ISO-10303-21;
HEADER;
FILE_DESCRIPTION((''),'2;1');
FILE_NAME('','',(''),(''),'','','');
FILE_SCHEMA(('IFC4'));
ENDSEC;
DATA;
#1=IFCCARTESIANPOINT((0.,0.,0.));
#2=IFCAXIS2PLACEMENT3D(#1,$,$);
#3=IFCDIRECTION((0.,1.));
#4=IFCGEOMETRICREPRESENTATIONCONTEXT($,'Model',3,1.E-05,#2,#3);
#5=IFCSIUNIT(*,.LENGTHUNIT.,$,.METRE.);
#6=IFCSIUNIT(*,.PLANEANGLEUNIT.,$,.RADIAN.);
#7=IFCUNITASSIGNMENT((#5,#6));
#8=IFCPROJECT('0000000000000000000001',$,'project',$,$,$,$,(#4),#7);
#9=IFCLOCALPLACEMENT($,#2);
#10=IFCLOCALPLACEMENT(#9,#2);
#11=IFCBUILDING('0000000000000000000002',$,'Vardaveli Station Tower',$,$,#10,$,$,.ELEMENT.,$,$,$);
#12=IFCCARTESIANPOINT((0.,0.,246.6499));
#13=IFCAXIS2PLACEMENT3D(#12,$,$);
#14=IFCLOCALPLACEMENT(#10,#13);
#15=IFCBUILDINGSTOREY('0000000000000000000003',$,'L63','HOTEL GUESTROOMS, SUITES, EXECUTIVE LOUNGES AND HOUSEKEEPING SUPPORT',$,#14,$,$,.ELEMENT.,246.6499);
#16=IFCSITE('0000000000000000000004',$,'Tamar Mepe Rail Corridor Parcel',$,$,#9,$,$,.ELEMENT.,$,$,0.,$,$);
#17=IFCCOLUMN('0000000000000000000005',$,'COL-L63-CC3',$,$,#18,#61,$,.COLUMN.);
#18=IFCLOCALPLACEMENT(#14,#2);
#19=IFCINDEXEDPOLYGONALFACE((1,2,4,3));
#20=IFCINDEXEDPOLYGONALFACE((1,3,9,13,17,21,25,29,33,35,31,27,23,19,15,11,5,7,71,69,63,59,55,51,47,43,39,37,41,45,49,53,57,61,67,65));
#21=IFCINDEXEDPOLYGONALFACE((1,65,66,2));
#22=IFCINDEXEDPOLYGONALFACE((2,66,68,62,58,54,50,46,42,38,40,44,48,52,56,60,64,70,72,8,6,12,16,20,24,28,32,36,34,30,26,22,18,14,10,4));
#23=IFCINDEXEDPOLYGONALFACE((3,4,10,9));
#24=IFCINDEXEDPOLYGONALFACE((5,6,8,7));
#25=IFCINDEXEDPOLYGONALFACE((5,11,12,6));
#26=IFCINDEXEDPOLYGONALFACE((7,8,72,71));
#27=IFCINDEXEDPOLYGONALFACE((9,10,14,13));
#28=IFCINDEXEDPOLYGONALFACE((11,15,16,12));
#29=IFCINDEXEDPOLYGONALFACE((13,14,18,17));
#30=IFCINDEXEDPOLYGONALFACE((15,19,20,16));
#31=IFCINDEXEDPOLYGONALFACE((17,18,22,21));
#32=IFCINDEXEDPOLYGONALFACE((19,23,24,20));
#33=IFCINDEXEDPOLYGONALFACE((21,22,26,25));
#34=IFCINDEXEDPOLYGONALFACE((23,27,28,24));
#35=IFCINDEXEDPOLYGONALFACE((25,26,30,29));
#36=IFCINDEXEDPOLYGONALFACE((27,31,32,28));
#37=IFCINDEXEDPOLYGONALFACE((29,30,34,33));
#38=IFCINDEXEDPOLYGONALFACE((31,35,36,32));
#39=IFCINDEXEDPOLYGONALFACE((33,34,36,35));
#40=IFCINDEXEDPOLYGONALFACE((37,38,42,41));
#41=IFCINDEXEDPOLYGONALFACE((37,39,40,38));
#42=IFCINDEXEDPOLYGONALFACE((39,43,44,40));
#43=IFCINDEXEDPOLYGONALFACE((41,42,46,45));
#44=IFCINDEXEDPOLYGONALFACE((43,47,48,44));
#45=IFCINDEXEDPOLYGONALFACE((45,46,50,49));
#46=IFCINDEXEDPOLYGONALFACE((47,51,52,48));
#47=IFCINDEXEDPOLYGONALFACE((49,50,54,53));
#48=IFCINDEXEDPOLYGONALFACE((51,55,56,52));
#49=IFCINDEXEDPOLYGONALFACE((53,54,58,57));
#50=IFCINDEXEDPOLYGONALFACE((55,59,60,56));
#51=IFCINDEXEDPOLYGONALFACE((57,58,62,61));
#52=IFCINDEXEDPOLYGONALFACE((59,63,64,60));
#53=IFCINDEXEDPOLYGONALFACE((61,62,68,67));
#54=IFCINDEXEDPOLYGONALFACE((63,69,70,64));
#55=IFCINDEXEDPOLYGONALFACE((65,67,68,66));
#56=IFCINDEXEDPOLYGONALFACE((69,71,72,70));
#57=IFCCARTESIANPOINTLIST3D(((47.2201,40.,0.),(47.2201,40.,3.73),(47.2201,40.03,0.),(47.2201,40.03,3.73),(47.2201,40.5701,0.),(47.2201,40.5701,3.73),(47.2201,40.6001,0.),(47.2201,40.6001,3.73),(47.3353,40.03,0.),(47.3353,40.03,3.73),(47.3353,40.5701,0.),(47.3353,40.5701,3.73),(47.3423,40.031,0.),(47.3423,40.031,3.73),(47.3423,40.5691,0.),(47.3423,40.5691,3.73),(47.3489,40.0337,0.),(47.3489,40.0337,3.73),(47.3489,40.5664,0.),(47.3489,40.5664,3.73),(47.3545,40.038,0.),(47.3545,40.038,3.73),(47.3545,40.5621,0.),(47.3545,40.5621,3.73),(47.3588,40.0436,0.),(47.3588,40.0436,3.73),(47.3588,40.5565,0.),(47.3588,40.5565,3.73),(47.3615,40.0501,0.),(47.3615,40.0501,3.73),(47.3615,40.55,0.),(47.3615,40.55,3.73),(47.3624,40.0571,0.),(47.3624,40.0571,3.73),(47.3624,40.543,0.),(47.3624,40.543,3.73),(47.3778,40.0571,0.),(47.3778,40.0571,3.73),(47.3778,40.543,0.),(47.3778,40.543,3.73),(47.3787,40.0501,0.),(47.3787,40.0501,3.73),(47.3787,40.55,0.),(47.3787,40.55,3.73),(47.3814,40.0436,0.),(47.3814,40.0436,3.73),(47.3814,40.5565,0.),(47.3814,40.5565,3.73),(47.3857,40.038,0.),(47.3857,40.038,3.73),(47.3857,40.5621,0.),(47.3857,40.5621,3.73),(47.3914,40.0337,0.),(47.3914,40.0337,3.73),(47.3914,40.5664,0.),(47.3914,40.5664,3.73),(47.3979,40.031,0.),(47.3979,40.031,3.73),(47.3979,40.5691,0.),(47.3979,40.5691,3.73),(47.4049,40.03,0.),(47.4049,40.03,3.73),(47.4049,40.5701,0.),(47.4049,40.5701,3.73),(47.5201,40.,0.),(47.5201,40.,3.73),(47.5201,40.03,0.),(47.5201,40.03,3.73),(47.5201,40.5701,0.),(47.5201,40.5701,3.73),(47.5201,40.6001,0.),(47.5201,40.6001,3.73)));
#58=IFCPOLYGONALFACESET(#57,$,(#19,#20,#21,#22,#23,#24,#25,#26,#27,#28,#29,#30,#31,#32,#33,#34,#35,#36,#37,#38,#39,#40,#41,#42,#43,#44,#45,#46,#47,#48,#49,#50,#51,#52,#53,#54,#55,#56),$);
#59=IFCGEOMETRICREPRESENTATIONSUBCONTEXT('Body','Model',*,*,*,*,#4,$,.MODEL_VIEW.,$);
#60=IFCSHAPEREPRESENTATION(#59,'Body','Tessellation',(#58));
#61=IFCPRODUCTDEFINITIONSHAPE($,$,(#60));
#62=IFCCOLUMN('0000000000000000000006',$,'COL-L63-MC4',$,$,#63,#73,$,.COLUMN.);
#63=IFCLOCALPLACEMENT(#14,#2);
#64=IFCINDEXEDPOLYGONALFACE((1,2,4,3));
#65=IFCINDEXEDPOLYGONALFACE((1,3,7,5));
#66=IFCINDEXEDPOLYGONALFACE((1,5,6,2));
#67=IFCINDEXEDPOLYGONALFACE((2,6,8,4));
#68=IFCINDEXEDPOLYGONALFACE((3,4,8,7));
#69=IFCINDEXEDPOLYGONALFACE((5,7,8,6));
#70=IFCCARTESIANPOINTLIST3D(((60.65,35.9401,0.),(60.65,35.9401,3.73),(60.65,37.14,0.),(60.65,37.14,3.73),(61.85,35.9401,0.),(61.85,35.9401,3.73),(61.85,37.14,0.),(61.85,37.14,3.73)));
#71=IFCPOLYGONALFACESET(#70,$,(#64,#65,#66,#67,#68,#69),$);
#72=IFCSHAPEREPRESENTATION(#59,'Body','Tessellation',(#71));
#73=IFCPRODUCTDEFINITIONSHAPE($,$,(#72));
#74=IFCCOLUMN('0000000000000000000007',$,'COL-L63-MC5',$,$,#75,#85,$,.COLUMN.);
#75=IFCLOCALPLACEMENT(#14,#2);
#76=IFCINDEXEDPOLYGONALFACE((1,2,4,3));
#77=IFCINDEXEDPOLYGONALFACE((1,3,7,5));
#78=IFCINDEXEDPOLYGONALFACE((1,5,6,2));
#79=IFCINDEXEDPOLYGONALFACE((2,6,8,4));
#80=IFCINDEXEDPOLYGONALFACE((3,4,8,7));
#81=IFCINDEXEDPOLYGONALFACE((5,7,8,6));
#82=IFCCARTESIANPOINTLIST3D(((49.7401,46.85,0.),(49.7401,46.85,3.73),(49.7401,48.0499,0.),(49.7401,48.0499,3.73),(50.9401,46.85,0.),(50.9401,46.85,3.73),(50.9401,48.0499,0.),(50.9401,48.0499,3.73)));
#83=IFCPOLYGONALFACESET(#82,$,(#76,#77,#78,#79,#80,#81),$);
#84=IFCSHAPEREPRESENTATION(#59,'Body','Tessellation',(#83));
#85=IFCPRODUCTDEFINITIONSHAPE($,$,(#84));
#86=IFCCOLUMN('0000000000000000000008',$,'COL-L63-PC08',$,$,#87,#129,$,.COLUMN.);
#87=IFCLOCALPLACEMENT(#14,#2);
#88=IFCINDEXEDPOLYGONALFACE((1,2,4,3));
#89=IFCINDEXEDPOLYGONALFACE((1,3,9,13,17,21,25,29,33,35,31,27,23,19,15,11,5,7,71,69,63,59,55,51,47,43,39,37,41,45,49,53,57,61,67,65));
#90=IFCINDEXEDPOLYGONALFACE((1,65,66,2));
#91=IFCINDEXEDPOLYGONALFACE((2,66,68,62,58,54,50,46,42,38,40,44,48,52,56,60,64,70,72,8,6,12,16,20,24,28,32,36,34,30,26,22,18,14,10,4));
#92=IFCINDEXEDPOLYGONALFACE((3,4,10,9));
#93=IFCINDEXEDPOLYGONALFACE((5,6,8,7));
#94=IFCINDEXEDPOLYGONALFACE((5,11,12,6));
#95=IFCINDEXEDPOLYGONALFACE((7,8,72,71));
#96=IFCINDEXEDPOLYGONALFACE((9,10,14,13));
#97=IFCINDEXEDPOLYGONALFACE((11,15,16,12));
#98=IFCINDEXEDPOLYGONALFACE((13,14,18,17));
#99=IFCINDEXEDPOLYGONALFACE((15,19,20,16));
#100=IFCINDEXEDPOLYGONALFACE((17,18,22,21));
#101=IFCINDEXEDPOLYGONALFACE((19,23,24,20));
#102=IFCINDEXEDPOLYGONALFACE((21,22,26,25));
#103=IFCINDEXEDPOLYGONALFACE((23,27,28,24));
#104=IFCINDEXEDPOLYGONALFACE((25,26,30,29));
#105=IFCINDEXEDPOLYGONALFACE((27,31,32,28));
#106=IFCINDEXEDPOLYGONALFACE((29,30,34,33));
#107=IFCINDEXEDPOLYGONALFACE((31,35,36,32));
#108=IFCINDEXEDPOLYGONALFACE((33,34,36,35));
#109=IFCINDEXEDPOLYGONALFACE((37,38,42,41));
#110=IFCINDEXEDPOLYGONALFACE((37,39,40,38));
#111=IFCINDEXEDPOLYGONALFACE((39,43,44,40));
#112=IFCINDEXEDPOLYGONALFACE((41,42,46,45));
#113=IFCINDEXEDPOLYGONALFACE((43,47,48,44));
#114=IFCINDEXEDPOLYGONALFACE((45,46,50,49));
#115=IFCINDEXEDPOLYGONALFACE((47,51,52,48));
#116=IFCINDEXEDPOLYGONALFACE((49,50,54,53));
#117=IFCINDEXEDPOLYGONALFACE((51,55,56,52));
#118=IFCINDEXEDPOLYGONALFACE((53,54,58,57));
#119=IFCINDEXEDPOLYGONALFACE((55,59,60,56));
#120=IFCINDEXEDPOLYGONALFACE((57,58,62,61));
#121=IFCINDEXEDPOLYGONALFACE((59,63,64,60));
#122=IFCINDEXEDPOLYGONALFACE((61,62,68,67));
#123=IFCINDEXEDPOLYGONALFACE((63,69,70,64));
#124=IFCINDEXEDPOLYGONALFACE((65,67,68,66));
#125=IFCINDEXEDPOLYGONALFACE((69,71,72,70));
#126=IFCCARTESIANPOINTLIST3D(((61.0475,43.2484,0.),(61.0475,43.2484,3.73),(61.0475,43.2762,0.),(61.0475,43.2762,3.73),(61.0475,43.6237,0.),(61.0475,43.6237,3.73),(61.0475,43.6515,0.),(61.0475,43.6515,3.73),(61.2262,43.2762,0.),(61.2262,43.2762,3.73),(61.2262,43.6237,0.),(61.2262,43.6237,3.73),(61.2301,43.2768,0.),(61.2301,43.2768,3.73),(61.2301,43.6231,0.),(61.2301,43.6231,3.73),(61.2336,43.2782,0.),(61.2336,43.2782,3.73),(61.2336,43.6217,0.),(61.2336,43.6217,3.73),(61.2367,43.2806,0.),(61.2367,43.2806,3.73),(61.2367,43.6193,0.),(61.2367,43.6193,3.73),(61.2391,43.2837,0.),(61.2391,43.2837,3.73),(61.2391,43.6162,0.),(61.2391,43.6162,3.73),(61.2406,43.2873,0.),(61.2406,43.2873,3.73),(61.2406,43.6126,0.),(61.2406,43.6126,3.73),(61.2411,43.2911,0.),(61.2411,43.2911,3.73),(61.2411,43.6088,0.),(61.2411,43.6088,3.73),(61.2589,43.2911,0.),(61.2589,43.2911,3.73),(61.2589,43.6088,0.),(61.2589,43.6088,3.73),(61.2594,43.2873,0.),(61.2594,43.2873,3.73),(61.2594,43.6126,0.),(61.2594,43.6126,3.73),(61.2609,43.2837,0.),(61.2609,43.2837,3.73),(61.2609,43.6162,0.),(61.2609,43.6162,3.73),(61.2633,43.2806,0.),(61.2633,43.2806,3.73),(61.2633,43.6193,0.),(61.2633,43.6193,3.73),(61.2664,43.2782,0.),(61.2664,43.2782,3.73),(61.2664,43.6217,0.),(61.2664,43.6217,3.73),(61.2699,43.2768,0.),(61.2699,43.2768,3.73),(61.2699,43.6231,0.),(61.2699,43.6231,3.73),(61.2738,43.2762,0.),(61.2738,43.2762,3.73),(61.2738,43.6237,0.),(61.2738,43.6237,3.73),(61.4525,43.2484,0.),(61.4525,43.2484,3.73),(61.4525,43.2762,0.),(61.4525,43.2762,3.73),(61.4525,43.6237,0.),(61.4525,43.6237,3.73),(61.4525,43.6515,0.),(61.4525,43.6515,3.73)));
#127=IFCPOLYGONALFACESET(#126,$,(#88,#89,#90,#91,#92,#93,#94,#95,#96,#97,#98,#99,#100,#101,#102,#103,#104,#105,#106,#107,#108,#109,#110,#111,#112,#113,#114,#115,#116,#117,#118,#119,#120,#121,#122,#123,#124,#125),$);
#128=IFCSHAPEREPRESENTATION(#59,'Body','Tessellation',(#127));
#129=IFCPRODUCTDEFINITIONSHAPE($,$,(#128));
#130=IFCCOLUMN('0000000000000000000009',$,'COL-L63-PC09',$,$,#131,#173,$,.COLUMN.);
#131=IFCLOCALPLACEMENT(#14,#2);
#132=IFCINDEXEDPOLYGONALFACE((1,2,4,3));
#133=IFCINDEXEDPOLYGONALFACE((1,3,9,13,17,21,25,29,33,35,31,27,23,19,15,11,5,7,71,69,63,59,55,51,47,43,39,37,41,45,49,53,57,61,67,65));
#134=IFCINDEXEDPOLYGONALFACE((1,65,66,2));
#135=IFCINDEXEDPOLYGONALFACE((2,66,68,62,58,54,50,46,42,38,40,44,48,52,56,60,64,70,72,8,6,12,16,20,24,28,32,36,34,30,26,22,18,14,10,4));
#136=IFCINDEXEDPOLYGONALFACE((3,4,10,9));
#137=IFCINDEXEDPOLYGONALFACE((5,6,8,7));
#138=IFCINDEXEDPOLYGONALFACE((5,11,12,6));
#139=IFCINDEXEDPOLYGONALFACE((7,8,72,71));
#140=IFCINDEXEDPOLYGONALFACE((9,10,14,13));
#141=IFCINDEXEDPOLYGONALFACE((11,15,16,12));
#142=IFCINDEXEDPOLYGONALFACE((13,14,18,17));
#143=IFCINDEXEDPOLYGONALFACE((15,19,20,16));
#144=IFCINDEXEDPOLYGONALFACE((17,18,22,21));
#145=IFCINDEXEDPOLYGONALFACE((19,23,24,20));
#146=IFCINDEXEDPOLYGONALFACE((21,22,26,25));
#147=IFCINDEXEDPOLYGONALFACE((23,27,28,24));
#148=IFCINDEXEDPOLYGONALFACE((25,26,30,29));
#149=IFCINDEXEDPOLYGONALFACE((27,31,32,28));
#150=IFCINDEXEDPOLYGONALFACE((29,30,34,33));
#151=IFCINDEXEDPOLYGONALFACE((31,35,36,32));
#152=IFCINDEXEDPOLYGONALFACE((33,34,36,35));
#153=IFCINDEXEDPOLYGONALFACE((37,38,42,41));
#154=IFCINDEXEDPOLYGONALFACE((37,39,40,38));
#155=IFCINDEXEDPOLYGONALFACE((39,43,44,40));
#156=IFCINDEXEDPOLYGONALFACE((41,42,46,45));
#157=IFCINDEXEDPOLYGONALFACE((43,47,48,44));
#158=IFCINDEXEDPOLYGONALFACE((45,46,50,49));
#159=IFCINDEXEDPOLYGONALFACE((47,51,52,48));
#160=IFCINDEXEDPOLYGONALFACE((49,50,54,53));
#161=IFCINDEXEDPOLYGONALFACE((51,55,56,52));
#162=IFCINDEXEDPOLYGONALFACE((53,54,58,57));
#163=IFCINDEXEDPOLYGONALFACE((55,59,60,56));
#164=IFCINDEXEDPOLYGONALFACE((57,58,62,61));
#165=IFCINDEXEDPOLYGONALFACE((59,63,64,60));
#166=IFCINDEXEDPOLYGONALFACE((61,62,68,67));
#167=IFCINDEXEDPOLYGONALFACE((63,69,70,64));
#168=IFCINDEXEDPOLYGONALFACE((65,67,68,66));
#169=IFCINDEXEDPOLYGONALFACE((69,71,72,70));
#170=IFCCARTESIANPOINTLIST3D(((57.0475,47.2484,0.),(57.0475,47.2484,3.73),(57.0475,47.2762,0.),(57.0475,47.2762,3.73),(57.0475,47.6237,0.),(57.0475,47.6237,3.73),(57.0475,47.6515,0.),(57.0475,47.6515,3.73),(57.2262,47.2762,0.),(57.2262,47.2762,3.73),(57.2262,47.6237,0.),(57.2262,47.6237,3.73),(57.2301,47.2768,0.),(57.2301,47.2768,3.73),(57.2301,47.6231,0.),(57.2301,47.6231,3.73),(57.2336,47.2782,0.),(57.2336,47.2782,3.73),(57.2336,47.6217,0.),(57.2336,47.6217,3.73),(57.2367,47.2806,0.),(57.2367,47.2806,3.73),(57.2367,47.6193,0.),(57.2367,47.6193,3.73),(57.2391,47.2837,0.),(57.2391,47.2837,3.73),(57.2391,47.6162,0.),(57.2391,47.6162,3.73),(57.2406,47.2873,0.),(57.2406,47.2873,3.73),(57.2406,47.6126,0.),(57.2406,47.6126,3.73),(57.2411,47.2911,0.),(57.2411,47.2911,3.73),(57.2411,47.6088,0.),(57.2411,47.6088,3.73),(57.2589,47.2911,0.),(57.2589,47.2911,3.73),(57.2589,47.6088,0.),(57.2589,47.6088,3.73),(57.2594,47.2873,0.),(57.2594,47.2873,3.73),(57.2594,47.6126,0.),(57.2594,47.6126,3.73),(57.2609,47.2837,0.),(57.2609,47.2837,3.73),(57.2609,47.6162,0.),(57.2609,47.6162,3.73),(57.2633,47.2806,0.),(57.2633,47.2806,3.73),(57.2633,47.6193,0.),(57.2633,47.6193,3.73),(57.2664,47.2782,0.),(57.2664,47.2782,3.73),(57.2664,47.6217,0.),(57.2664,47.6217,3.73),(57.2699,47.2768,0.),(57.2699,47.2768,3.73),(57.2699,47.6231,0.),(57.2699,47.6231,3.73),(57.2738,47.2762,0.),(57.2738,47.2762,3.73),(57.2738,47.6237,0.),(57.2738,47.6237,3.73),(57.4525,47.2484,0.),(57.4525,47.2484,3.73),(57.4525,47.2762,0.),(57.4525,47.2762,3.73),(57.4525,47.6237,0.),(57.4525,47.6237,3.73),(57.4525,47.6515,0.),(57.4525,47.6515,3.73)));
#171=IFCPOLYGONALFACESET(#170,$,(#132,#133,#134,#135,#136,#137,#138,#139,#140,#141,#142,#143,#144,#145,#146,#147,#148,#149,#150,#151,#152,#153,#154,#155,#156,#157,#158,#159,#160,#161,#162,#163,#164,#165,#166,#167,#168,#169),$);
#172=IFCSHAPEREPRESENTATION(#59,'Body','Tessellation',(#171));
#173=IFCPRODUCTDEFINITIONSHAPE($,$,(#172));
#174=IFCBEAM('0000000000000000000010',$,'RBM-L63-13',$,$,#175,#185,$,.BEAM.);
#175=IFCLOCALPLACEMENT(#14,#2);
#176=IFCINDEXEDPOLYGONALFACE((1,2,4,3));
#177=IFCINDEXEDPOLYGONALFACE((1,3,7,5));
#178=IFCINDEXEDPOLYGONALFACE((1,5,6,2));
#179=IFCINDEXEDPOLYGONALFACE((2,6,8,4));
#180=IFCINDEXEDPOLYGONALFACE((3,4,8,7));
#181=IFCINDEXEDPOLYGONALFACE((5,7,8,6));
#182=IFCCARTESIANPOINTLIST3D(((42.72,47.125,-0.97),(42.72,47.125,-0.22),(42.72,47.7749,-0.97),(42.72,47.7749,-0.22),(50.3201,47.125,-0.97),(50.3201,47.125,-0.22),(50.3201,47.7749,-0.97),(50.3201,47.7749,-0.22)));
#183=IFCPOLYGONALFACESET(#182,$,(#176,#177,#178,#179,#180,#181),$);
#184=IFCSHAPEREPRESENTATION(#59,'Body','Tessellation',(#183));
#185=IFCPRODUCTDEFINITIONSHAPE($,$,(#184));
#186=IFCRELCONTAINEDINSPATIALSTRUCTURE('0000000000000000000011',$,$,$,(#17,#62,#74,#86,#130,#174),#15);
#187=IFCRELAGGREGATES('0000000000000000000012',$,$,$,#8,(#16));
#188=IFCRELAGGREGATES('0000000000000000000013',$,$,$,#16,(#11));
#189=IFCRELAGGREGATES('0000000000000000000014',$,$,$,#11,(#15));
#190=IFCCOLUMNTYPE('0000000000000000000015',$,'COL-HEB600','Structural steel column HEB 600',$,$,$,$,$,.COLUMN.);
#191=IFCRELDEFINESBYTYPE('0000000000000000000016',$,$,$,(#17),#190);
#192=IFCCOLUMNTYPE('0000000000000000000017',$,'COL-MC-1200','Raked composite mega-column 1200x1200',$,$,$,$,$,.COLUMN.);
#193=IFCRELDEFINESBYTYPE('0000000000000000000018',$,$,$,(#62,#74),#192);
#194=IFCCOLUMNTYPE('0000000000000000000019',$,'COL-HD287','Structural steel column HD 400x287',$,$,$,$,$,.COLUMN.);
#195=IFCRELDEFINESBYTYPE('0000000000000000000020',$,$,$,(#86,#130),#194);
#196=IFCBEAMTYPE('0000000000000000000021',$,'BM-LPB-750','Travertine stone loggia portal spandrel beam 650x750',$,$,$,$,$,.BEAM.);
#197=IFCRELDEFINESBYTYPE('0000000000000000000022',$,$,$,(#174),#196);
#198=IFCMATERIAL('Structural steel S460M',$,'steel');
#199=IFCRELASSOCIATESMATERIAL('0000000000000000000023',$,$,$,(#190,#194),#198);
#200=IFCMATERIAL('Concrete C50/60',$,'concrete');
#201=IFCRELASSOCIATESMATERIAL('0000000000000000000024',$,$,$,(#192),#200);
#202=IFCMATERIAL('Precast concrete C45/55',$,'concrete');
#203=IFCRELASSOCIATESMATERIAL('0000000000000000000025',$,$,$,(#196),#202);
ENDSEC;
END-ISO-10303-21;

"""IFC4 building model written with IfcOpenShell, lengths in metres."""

from ifc_helpers import new_model, si_unit, direction, frame, origin, origin_2d, place, context, subcontext, project, spatial, rectangle, i_section, extrude, source, transform, mapped, material, material_profile, profile_set, type_object, element, save


model = new_model("IFC4")

# Units and contexts
model_context = context("Model", 3, precision=1e-05, world=origin(), true_north=direction((0.0, 1.0)))
body_context = subcontext(model_context, "Body", "Model", "MODEL_VIEW")
ifc_project = project(units=[si_unit("LENGTHUNIT", "METRE"), si_unit("PLANEANGLEUNIT", "RADIAN")], contexts=[model_context])

# Site, building, storey
site_placement = place(None, origin())
site = spatial("IfcSite", under=ifc_project, at=site_placement, Name="Tamar Mepe Rail Corridor Parcel", CompositionType="ELEMENT", RefElevation=0.0)
building_placement = place(site_placement, origin())
building = spatial("IfcBuilding", under=site, at=building_placement, Name="Vardaveli Station Tower", CompositionType="ELEMENT")
storey_placement = place(building_placement, frame((0.0, 0.0, 246.6499)))
storey = spatial("IfcBuildingStorey", under=building, at=storey_placement, Name="L63", Description="HOTEL GUESTROOMS, SUITES, EXECUTIVE LOUNGES AND HOUSEKEEPING SUPPORT", CompositionType="ELEMENT", Elevation=246.6499)

# Columns
ifc_material_1 = material(Name="Structural steel S460M", Category="steel")
ifc_material_profile_1 = material_profile(ifc_material_1, i_section(OverallWidth=0.3, OverallDepth=0.6001, WebThickness=0.0154, FlangeThickness=0.03, FilletRadius=0.0271, at=origin_2d()), Name="HEB 600")
ifc_profile_set_1 = profile_set([ifc_material_profile_1], Name="Structural steel S460M")
column_type_1 = type_object("IfcColumnType", Name="COL-HEB600", Description="Structural steel column HEB 600", PredefinedType="COLUMN", material=ifc_profile_set_1)
shared_shape_1 = source(origin(), body_context, "Body", "SweptSolid", [
    extrude(i_section(OverallWidth=0.3, OverallDepth=0.6001, WebThickness=0.0154, FlangeThickness=0.03, FilletRadius=0.0271, at=origin_2d()), origin(), (0.0, 0.0, 1.0), 3.73),
])
column_placement = place(storey_placement, frame((47.3701, 40.3, 0.0), z_axis=(0.0, 0.0, 1.0), x_axis=(1.0, 0.0, 0.0)))
element("IfcColumn", 1, at=column_placement, inside=storey, type_object=column_type_1, Name="COL-L63-CC3", PredefinedType="COLUMN", context=body_context, shape_type="MappedRepresentation", body=[
    mapped(shared_shape_1, transform((0.0, 0.0, 0.0), scale=1.0)),
])
ifc_material_2 = material(Name="Concrete C50/60", Category="concrete")
ifc_material_profile_2 = material_profile(ifc_material_2, rectangle(XDim=1.2, YDim=1.2, at=origin_2d()), Name="MC 1200x1200")
ifc_profile_set_2 = profile_set([ifc_material_profile_2], Name="Concrete C50/60")
column_type_2 = type_object("IfcColumnType", Name="COL-MC-1200", Description="Raked composite mega-column 1200x1200", PredefinedType="COLUMN", material=ifc_profile_set_2)
shared_shape_2 = source(origin(), body_context, "Body", "SweptSolid", [
    extrude(rectangle(XDim=1.2, YDim=1.2, at=origin_2d()), origin(), (0.0, 0.0, 1.0), 3.73),
])
for number, where, z_axis, x_axis, name in (
    (2, (61.25, 36.54, 0.0), (0.0, 0.0, 1.0), (1.0, 0.0, 0.0), "COL-L63-MC4"),
    (3, (50.3401, 47.45, 0.0), (0.0, 0.0, 1.0), (1.0, 0.0, 0.0), "COL-L63-MC5"),
):
    element("IfcColumn", number, at=place(storey_placement, frame(where, z_axis=z_axis, x_axis=x_axis)), inside=storey, type_object=column_type_2, Name=name, PredefinedType="COLUMN", context=body_context, shape_type="MappedRepresentation", body=[
        mapped(shared_shape_2, transform((0.0, 0.0, 0.0), scale=1.0)),
    ])
ifc_material_profile_3 = material_profile(ifc_material_1, i_section(OverallWidth=0.405, OverallDepth=0.4031, WebThickness=0.0178, FlangeThickness=0.0278, FilletRadius=0.0149, at=origin_2d()), Name="HD 400x287")
ifc_profile_set_3 = profile_set([ifc_material_profile_3], Name="Structural steel S460M")
column_type_3 = type_object("IfcColumnType", Name="COL-HD287", Description="Structural steel column HD 400x287", PredefinedType="COLUMN", material=ifc_profile_set_3)
shared_shape_3 = source(origin(), body_context, "Body", "SweptSolid", [
    extrude(i_section(OverallWidth=0.405, OverallDepth=0.4031, WebThickness=0.0178, FlangeThickness=0.0278, FilletRadius=0.0149, at=origin_2d()), origin(), (0.0, 0.0, 1.0), 3.73),
])
for number, where, z_axis, x_axis, name in (
    (4, (61.25, 43.45, 0.0), (0.0, 0.0, 1.0), (1.0, 0.0, 0.0), "COL-L63-PC08"),
    (5, (57.25, 47.45, 0.0), (0.0, 0.0, 1.0), (1.0, 0.0, 0.0), "COL-L63-PC09"),
):
    element("IfcColumn", number, at=place(storey_placement, frame(where, z_axis=z_axis, x_axis=x_axis)), inside=storey, type_object=column_type_3, Name=name, PredefinedType="COLUMN", context=body_context, shape_type="MappedRepresentation", body=[
        mapped(shared_shape_3, transform((0.0, 0.0, 0.0), scale=1.0)),
    ])

# Beam
ifc_material_3 = material(Name="Precast concrete C45/55", Category="concrete")
ifc_material_profile_4 = material_profile(ifc_material_3, rectangle(XDim=0.6499, YDim=0.75, at=origin_2d()), Name="LPB 650x750")
ifc_profile_set_4 = profile_set([ifc_material_profile_4], Name="Precast concrete C45/55")
beam_type = type_object("IfcBeamType", Name="BM-LPB-750", Description="Travertine stone loggia portal spandrel beam 650x750", PredefinedType="BEAM", material=ifc_profile_set_4)
shared_shape_4 = source(origin(), body_context, "Body", "SweptSolid", [
    extrude(rectangle(XDim=0.6499, YDim=0.75, at=origin_2d()), origin(), (0.0, 0.0, 1.0), 7.6001),
])
beam_1_placement = place(storey_placement, frame((50.3201, 47.45, -0.595), z_axis=(-1.0, 0.0, 0.0), x_axis=(0.0, -1.0, 0.0)))
element("IfcBeam", 6, at=beam_1_placement, inside=storey, type_object=beam_type, Name="RBM-L63-13", PredefinedType="BEAM", context=body_context, shape_type="MappedRepresentation", body=[
    mapped(shared_shape_4, transform((0.0, 0.0, 0.0), scale=1.0)),
])

save(model, "model.ifc")
